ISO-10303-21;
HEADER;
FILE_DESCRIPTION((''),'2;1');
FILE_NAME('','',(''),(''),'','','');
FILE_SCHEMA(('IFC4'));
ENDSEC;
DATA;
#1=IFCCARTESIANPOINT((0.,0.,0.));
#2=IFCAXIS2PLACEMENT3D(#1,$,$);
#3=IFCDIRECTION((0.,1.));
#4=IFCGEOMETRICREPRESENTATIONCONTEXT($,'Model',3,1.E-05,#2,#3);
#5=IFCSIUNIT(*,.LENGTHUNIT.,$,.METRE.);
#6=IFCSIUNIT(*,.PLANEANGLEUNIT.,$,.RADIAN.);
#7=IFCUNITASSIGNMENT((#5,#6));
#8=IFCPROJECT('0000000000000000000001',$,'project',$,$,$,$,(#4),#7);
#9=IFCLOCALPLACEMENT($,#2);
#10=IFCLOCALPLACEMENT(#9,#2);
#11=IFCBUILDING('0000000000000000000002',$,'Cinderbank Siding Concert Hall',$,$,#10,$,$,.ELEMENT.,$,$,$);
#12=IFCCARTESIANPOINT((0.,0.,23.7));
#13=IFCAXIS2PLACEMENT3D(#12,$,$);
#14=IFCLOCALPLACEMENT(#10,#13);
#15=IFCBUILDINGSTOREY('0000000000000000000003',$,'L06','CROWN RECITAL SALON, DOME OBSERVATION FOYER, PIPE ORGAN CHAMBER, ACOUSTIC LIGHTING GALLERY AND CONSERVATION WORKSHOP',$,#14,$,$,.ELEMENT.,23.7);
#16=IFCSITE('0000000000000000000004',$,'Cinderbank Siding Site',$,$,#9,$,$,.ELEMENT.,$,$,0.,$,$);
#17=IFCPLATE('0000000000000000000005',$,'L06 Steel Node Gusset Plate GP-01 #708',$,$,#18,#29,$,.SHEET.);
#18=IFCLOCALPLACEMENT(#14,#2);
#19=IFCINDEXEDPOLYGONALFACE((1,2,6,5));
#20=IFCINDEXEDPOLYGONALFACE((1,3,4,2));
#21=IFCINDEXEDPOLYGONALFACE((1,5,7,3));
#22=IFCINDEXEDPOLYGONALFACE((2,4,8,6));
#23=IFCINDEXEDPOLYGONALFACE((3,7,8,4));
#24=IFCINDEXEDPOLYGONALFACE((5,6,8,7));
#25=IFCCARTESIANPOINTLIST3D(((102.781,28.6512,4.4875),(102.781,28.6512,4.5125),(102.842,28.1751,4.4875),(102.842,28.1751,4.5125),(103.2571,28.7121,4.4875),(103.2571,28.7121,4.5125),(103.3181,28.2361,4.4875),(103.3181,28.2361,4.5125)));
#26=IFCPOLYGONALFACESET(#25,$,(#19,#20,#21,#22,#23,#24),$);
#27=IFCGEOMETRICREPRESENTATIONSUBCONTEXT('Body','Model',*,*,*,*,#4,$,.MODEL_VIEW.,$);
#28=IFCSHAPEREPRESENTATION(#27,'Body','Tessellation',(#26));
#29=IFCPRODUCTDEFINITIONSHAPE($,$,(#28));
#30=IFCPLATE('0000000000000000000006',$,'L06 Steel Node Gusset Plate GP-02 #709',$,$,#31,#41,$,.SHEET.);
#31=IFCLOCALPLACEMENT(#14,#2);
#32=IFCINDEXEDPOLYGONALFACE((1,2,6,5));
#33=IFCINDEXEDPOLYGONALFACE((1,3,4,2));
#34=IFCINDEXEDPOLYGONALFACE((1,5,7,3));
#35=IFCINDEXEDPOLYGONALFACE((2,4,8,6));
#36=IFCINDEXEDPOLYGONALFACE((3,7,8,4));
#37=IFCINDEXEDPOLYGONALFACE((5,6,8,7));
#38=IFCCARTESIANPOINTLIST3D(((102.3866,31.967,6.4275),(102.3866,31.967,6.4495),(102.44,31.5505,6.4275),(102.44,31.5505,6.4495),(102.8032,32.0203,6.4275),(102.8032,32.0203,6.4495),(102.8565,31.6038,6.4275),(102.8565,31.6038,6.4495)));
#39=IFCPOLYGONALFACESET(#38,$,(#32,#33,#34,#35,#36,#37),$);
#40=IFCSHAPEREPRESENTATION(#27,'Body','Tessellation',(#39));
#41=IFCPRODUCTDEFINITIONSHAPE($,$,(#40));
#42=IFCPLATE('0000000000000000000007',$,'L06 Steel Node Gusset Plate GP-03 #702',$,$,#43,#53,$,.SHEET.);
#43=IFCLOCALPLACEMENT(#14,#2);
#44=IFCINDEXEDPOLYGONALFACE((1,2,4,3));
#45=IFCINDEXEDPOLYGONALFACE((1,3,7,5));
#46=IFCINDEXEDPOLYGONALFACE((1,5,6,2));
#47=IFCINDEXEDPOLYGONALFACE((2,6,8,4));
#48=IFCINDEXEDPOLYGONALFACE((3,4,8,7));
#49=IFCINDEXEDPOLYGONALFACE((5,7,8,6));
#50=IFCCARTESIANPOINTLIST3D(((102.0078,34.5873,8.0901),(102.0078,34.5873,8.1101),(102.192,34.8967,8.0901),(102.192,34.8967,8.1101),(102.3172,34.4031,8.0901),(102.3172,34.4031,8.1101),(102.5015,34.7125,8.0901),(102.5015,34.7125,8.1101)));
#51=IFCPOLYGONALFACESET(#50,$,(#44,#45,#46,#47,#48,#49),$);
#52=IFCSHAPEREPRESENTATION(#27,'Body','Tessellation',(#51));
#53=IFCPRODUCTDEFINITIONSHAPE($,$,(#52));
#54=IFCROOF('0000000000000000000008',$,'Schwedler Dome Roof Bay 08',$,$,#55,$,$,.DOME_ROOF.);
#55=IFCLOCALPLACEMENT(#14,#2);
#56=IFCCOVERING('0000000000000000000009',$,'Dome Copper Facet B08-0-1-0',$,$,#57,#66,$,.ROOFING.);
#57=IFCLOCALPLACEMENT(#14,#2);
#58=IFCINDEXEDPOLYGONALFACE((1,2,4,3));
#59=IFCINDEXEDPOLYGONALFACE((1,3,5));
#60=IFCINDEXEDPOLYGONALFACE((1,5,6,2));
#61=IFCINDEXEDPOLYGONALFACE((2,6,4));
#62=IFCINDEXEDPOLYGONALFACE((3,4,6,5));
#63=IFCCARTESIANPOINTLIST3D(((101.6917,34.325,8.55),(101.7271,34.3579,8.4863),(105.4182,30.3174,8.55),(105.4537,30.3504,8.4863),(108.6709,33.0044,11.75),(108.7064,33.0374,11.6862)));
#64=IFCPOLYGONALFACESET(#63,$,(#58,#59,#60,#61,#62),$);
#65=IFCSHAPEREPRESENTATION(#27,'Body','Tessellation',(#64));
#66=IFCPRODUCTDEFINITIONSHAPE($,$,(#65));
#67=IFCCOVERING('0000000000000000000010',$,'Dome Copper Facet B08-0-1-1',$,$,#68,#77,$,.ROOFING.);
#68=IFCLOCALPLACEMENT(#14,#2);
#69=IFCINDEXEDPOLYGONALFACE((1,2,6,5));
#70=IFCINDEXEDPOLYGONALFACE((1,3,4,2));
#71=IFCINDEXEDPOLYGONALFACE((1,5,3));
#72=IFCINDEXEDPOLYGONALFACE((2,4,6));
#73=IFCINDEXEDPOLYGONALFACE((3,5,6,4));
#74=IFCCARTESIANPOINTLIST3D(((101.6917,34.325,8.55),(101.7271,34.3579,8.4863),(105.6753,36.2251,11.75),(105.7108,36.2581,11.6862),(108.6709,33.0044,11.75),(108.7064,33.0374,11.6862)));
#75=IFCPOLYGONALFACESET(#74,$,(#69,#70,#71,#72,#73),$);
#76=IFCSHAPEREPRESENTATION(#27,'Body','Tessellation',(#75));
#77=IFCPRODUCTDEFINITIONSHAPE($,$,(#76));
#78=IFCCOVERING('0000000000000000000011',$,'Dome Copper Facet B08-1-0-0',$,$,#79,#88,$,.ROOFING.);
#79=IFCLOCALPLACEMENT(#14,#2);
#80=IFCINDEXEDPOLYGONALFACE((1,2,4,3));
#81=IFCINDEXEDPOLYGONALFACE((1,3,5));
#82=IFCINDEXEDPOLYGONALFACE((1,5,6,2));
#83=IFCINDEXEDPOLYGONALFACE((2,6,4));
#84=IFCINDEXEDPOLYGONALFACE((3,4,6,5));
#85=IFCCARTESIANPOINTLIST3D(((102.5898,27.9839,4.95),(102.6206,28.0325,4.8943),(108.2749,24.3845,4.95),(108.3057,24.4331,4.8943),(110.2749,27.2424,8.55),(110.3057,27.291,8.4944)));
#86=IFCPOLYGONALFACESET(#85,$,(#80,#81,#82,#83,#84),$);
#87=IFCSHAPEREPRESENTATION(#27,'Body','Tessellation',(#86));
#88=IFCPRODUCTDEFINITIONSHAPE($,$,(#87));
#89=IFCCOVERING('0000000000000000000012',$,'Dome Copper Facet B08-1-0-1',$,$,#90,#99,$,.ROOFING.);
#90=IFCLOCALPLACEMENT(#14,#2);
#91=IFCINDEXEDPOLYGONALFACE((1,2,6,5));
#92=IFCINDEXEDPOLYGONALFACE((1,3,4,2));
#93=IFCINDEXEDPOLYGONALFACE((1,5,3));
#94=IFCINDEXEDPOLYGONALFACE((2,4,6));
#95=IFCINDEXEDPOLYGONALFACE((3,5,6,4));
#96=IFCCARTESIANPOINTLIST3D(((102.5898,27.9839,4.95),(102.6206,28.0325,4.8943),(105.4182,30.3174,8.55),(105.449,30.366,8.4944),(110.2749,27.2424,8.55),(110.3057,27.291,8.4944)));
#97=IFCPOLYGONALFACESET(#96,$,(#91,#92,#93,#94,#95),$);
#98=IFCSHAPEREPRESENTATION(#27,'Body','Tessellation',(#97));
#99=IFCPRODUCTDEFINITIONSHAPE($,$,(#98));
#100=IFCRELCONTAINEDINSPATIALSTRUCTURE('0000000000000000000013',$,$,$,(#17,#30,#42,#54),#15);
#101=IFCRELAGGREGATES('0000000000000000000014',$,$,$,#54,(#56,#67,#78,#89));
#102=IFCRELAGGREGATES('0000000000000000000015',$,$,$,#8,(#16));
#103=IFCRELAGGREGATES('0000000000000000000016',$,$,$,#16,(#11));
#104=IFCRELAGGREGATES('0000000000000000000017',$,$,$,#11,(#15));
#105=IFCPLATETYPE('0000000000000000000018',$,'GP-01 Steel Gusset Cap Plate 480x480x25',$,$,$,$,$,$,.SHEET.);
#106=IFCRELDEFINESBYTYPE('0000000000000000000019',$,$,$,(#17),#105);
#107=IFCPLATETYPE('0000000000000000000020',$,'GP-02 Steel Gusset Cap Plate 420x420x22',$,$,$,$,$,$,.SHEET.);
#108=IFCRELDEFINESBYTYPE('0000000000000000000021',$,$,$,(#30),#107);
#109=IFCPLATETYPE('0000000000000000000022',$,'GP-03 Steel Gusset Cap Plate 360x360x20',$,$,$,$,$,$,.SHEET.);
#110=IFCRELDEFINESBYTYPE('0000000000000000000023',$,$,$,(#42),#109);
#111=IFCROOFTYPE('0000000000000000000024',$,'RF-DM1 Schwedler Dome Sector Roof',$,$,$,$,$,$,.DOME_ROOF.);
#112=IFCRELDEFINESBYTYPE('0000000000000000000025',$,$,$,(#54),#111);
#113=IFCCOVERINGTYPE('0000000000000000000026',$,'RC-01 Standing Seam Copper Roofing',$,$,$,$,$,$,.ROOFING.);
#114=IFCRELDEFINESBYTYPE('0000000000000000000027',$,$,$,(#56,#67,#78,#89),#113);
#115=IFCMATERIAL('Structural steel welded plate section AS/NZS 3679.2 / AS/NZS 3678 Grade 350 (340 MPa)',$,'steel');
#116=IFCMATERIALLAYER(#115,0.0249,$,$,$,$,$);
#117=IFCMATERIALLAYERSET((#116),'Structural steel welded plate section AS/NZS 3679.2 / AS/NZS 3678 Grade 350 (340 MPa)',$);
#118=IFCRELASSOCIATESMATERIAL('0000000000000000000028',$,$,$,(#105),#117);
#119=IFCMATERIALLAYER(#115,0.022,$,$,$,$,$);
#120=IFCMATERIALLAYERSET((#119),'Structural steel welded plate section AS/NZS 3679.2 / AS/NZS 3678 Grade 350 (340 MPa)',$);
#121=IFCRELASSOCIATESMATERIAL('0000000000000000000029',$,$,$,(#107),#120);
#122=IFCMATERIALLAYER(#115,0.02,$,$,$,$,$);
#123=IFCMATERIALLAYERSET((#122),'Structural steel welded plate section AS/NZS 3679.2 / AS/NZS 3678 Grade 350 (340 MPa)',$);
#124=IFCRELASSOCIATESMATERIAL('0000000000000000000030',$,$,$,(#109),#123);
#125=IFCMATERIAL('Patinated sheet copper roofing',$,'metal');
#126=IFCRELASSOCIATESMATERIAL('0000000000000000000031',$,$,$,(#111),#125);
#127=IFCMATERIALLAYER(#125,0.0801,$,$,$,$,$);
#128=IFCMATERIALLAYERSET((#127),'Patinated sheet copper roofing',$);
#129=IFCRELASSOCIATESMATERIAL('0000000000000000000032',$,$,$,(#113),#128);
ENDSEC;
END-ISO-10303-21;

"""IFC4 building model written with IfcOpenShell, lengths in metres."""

from ifc_helpers import new_model, si_unit, direction, frame, origin, origin_2d, place, context, subcontext, project, spatial, polyline, rectangle, outline, extrude, material, layer, layer_set, type_object, element, aggregate, save


model = new_model("IFC4")

# Units and contexts
model_context = context("Model", 3, precision=1e-05, world=origin(), true_north=direction((0.0, 1.0)))
body_context = subcontext(model_context, "Body", "Model", "MODEL_VIEW")
ifc_project = project(units=[si_unit("LENGTHUNIT", "METRE"), si_unit("PLANEANGLEUNIT", "RADIAN")], contexts=[model_context])

# Site, building, storey
site_placement = place(None, origin())
site = spatial("IfcSite", under=ifc_project, at=site_placement, Name="Cinderbank Siding Site", CompositionType="ELEMENT", RefElevation=0.0)
building_placement = place(site_placement, origin())
building = spatial("IfcBuilding", under=site, at=building_placement, Name="Cinderbank Siding Concert Hall", CompositionType="ELEMENT")
storey_placement = place(building_placement, frame((0.0, 0.0, 23.7)))
storey = spatial("IfcBuildingStorey", under=building, at=storey_placement, Name="L06", Description="CROWN RECITAL SALON, DOME OBSERVATION FOYER, PIPE ORGAN CHAMBER, ACOUSTIC LIGHTING GALLERY AND CONSERVATION WORKSHOP", CompositionType="ELEMENT", Elevation=23.7)

# Shared definitions
ifc_material_1 = material(Name="Structural steel welded plate section AS/NZS 3679.2 / AS/NZS 3678 Grade 350 (340 MPa)", Category="steel")

# Plates
ifc_layer_1 = layer(ifc_material_1, 0.0249)
ifc_layer_set_1 = layer_set([ifc_layer_1], Name="Structural steel welded plate section AS/NZS 3679.2 / AS/NZS 3678 Grade 350 (340 MPa)")
plate_type_1 = type_object("IfcPlateType", Name="GP-01 Steel Gusset Cap Plate 480x480x25", PredefinedType="SHEET", material=ifc_layer_set_1)
plate_1_placement = place(storey_placement, frame((103.0496, 28.4436, 4.4875), z_axis=(0.0, 0.0, 1.0), x_axis=(-0.127065, 0.991894, 0.0)))
element("IfcPlate", 1, at=plate_1_placement, inside=storey, type_object=plate_type_1, Name="L06 Steel Node Gusset Plate GP-01 #708", PredefinedType="SHEET", context=body_context, shape_type="SweptSolid", body=[
    extrude(rectangle(XDim=0.48, YDim=0.48, at=origin_2d()), origin(), (0.0, 0.0, 1.0), 0.0249),
])
ifc_layer_2 = layer(ifc_material_1, 0.022)
ifc_layer_set_2 = layer_set([ifc_layer_2], Name="Structural steel welded plate section AS/NZS 3679.2 / AS/NZS 3678 Grade 350 (340 MPa)")
plate_type_2 = type_object("IfcPlateType", Name="GP-02 Steel Gusset Cap Plate 420x420x22", PredefinedType="SHEET", material=ifc_layer_set_2)
plate_2_placement = place(storey_placement, frame((102.6216, 31.7854, 6.4275), z_axis=(0.0, 0.0, 1.0), x_axis=(-0.127065, 0.991894, 0.0)))
element("IfcPlate", 2, at=plate_2_placement, inside=storey, type_object=plate_type_2, Name="L06 Steel Node Gusset Plate GP-02 #709", PredefinedType="SHEET", context=body_context, shape_type="SweptSolid", body=[
    extrude(rectangle(XDim=0.4199, YDim=0.4199, at=origin_2d()), origin(), (0.0, 0.0, 1.0), 0.022),
])
ifc_layer_3 = layer(ifc_material_1, 0.02)
ifc_layer_set_3 = layer_set([ifc_layer_3], Name="Structural steel welded plate section AS/NZS 3679.2 / AS/NZS 3678 Grade 350 (340 MPa)")
plate_type_3 = type_object("IfcPlateType", Name="GP-03 Steel Gusset Cap Plate 360x360x20", PredefinedType="SHEET", material=ifc_layer_set_3)
plate_3_placement = place(storey_placement, frame((102.2546, 34.6499, 8.0901), z_axis=(0.0, 0.0, 1.0), x_axis=(0.859228, -0.511593, 0.0)))
element("IfcPlate", 3, at=plate_3_placement, inside=storey, type_object=plate_type_3, Name="L06 Steel Node Gusset Plate GP-03 #702", PredefinedType="SHEET", context=body_context, shape_type="SweptSolid", body=[
    extrude(rectangle(XDim=0.3601, YDim=0.3601, at=origin_2d()), origin(), (0.0, 0.0, 1.0), 0.02),
])

# Roof, coverings
ifc_material_2 = material(Name="Patinated sheet copper roofing", Category="metal")
roof_type = type_object("IfcRoofType", Name="RF-DM1 Schwedler Dome Sector Roof", PredefinedType="DOME_ROOF", material=ifc_material_2)
roof_placement = place(storey_placement, origin())
roof = element("IfcRoof", 4, at=roof_placement, inside=storey, type_object=roof_type, Name="Schwedler Dome Roof Bay 08", PredefinedType="DOME_ROOF")
ifc_layer_4 = layer(ifc_material_2, 0.0801)
ifc_layer_set_4 = layer_set([ifc_layer_4], Name="Patinated sheet copper roofing")
covering_type = type_object("IfcCoveringType", Name="RC-01 Standing Seam Copper Roofing", PredefinedType="ROOFING", material=ifc_layer_set_4)
covering_1_placement = place(storey_placement, frame((101.6917, 34.325, 8.55), z_axis=(-0.443025, -0.411961, 0.796252), x_axis=(0.680966, -0.732315, 0.0)))
covering_1 = element("IfcCovering", 5, at=covering_1_placement, type_object=covering_type, Name="Dome Copper Facet B08-0-1-0", PredefinedType="ROOFING", context=body_context, shape_type="SweptSolid", body=[
    extrude(outline(polyline([(0.0, 0.0), (5.4725, 0.0), (5.7197, 5.2895), (0.0, 0.0)])), origin(), (0.0, 0.0, -1.0), 0.0801),
])
covering_2_placement = place(storey_placement, frame((101.6917, 34.325, 8.55), z_axis=(-0.443022, -0.412059, 0.796203), x_axis=(0.895855, -0.169506, 0.410745)))
covering_2 = element("IfcCovering", 6, at=covering_2_placement, type_object=covering_type, Name="Dome Copper Facet B08-0-1-1", PredefinedType="ROOFING", context=body_context, shape_type="SweptSolid", body=[
    extrude(outline(polyline([(0.0, 0.0), (7.7906, 0.0), (4.561, 2.9861), (0.0, 0.0)])), origin(), (0.0, 0.0, -1.0), 0.0801),
])
covering_3_placement = place(storey_placement, frame((102.5898, 27.9839, 4.95), z_axis=(-0.384372, -0.607101, 0.695476), x_axis=(0.844898, -0.534928, 0.0)))
covering_3 = element("IfcCovering", 7, at=covering_3_placement, type_object=covering_type, Name="Dome Copper Facet B08-1-0-0", PredefinedType="ROOFING", context=body_context, shape_type="SweptSolid", body=[
    extrude(outline(polyline([(0.0, 0.0), (6.7287, 0.0), (6.8897, 5.0102), (0.0, 0.0)])), origin(), (0.0, 0.0, -1.0), 0.0801),
])
covering_4_placement = place(storey_placement, frame((102.5898, 27.9839, 4.95), z_axis=(-0.384374, -0.607094, 0.695481), x_axis=(0.902125, -0.087037, 0.422604)))
covering_4 = element("IfcCovering", 8, at=covering_4_placement, type_object=covering_type, Name="Dome Copper Facet B08-1-0-1", PredefinedType="ROOFING", context=body_context, shape_type="SweptSolid", body=[
    extrude(outline(polyline([(0.0, 0.0), (8.5188, 0.0), (3.8699, 3.3808), (0.0, 0.0)])), origin(), (0.0, 0.0, -1.0), 0.0801),
])
aggregate(roof, [covering_1, covering_2, covering_3, covering_4])

save(model, "model.ifc")
